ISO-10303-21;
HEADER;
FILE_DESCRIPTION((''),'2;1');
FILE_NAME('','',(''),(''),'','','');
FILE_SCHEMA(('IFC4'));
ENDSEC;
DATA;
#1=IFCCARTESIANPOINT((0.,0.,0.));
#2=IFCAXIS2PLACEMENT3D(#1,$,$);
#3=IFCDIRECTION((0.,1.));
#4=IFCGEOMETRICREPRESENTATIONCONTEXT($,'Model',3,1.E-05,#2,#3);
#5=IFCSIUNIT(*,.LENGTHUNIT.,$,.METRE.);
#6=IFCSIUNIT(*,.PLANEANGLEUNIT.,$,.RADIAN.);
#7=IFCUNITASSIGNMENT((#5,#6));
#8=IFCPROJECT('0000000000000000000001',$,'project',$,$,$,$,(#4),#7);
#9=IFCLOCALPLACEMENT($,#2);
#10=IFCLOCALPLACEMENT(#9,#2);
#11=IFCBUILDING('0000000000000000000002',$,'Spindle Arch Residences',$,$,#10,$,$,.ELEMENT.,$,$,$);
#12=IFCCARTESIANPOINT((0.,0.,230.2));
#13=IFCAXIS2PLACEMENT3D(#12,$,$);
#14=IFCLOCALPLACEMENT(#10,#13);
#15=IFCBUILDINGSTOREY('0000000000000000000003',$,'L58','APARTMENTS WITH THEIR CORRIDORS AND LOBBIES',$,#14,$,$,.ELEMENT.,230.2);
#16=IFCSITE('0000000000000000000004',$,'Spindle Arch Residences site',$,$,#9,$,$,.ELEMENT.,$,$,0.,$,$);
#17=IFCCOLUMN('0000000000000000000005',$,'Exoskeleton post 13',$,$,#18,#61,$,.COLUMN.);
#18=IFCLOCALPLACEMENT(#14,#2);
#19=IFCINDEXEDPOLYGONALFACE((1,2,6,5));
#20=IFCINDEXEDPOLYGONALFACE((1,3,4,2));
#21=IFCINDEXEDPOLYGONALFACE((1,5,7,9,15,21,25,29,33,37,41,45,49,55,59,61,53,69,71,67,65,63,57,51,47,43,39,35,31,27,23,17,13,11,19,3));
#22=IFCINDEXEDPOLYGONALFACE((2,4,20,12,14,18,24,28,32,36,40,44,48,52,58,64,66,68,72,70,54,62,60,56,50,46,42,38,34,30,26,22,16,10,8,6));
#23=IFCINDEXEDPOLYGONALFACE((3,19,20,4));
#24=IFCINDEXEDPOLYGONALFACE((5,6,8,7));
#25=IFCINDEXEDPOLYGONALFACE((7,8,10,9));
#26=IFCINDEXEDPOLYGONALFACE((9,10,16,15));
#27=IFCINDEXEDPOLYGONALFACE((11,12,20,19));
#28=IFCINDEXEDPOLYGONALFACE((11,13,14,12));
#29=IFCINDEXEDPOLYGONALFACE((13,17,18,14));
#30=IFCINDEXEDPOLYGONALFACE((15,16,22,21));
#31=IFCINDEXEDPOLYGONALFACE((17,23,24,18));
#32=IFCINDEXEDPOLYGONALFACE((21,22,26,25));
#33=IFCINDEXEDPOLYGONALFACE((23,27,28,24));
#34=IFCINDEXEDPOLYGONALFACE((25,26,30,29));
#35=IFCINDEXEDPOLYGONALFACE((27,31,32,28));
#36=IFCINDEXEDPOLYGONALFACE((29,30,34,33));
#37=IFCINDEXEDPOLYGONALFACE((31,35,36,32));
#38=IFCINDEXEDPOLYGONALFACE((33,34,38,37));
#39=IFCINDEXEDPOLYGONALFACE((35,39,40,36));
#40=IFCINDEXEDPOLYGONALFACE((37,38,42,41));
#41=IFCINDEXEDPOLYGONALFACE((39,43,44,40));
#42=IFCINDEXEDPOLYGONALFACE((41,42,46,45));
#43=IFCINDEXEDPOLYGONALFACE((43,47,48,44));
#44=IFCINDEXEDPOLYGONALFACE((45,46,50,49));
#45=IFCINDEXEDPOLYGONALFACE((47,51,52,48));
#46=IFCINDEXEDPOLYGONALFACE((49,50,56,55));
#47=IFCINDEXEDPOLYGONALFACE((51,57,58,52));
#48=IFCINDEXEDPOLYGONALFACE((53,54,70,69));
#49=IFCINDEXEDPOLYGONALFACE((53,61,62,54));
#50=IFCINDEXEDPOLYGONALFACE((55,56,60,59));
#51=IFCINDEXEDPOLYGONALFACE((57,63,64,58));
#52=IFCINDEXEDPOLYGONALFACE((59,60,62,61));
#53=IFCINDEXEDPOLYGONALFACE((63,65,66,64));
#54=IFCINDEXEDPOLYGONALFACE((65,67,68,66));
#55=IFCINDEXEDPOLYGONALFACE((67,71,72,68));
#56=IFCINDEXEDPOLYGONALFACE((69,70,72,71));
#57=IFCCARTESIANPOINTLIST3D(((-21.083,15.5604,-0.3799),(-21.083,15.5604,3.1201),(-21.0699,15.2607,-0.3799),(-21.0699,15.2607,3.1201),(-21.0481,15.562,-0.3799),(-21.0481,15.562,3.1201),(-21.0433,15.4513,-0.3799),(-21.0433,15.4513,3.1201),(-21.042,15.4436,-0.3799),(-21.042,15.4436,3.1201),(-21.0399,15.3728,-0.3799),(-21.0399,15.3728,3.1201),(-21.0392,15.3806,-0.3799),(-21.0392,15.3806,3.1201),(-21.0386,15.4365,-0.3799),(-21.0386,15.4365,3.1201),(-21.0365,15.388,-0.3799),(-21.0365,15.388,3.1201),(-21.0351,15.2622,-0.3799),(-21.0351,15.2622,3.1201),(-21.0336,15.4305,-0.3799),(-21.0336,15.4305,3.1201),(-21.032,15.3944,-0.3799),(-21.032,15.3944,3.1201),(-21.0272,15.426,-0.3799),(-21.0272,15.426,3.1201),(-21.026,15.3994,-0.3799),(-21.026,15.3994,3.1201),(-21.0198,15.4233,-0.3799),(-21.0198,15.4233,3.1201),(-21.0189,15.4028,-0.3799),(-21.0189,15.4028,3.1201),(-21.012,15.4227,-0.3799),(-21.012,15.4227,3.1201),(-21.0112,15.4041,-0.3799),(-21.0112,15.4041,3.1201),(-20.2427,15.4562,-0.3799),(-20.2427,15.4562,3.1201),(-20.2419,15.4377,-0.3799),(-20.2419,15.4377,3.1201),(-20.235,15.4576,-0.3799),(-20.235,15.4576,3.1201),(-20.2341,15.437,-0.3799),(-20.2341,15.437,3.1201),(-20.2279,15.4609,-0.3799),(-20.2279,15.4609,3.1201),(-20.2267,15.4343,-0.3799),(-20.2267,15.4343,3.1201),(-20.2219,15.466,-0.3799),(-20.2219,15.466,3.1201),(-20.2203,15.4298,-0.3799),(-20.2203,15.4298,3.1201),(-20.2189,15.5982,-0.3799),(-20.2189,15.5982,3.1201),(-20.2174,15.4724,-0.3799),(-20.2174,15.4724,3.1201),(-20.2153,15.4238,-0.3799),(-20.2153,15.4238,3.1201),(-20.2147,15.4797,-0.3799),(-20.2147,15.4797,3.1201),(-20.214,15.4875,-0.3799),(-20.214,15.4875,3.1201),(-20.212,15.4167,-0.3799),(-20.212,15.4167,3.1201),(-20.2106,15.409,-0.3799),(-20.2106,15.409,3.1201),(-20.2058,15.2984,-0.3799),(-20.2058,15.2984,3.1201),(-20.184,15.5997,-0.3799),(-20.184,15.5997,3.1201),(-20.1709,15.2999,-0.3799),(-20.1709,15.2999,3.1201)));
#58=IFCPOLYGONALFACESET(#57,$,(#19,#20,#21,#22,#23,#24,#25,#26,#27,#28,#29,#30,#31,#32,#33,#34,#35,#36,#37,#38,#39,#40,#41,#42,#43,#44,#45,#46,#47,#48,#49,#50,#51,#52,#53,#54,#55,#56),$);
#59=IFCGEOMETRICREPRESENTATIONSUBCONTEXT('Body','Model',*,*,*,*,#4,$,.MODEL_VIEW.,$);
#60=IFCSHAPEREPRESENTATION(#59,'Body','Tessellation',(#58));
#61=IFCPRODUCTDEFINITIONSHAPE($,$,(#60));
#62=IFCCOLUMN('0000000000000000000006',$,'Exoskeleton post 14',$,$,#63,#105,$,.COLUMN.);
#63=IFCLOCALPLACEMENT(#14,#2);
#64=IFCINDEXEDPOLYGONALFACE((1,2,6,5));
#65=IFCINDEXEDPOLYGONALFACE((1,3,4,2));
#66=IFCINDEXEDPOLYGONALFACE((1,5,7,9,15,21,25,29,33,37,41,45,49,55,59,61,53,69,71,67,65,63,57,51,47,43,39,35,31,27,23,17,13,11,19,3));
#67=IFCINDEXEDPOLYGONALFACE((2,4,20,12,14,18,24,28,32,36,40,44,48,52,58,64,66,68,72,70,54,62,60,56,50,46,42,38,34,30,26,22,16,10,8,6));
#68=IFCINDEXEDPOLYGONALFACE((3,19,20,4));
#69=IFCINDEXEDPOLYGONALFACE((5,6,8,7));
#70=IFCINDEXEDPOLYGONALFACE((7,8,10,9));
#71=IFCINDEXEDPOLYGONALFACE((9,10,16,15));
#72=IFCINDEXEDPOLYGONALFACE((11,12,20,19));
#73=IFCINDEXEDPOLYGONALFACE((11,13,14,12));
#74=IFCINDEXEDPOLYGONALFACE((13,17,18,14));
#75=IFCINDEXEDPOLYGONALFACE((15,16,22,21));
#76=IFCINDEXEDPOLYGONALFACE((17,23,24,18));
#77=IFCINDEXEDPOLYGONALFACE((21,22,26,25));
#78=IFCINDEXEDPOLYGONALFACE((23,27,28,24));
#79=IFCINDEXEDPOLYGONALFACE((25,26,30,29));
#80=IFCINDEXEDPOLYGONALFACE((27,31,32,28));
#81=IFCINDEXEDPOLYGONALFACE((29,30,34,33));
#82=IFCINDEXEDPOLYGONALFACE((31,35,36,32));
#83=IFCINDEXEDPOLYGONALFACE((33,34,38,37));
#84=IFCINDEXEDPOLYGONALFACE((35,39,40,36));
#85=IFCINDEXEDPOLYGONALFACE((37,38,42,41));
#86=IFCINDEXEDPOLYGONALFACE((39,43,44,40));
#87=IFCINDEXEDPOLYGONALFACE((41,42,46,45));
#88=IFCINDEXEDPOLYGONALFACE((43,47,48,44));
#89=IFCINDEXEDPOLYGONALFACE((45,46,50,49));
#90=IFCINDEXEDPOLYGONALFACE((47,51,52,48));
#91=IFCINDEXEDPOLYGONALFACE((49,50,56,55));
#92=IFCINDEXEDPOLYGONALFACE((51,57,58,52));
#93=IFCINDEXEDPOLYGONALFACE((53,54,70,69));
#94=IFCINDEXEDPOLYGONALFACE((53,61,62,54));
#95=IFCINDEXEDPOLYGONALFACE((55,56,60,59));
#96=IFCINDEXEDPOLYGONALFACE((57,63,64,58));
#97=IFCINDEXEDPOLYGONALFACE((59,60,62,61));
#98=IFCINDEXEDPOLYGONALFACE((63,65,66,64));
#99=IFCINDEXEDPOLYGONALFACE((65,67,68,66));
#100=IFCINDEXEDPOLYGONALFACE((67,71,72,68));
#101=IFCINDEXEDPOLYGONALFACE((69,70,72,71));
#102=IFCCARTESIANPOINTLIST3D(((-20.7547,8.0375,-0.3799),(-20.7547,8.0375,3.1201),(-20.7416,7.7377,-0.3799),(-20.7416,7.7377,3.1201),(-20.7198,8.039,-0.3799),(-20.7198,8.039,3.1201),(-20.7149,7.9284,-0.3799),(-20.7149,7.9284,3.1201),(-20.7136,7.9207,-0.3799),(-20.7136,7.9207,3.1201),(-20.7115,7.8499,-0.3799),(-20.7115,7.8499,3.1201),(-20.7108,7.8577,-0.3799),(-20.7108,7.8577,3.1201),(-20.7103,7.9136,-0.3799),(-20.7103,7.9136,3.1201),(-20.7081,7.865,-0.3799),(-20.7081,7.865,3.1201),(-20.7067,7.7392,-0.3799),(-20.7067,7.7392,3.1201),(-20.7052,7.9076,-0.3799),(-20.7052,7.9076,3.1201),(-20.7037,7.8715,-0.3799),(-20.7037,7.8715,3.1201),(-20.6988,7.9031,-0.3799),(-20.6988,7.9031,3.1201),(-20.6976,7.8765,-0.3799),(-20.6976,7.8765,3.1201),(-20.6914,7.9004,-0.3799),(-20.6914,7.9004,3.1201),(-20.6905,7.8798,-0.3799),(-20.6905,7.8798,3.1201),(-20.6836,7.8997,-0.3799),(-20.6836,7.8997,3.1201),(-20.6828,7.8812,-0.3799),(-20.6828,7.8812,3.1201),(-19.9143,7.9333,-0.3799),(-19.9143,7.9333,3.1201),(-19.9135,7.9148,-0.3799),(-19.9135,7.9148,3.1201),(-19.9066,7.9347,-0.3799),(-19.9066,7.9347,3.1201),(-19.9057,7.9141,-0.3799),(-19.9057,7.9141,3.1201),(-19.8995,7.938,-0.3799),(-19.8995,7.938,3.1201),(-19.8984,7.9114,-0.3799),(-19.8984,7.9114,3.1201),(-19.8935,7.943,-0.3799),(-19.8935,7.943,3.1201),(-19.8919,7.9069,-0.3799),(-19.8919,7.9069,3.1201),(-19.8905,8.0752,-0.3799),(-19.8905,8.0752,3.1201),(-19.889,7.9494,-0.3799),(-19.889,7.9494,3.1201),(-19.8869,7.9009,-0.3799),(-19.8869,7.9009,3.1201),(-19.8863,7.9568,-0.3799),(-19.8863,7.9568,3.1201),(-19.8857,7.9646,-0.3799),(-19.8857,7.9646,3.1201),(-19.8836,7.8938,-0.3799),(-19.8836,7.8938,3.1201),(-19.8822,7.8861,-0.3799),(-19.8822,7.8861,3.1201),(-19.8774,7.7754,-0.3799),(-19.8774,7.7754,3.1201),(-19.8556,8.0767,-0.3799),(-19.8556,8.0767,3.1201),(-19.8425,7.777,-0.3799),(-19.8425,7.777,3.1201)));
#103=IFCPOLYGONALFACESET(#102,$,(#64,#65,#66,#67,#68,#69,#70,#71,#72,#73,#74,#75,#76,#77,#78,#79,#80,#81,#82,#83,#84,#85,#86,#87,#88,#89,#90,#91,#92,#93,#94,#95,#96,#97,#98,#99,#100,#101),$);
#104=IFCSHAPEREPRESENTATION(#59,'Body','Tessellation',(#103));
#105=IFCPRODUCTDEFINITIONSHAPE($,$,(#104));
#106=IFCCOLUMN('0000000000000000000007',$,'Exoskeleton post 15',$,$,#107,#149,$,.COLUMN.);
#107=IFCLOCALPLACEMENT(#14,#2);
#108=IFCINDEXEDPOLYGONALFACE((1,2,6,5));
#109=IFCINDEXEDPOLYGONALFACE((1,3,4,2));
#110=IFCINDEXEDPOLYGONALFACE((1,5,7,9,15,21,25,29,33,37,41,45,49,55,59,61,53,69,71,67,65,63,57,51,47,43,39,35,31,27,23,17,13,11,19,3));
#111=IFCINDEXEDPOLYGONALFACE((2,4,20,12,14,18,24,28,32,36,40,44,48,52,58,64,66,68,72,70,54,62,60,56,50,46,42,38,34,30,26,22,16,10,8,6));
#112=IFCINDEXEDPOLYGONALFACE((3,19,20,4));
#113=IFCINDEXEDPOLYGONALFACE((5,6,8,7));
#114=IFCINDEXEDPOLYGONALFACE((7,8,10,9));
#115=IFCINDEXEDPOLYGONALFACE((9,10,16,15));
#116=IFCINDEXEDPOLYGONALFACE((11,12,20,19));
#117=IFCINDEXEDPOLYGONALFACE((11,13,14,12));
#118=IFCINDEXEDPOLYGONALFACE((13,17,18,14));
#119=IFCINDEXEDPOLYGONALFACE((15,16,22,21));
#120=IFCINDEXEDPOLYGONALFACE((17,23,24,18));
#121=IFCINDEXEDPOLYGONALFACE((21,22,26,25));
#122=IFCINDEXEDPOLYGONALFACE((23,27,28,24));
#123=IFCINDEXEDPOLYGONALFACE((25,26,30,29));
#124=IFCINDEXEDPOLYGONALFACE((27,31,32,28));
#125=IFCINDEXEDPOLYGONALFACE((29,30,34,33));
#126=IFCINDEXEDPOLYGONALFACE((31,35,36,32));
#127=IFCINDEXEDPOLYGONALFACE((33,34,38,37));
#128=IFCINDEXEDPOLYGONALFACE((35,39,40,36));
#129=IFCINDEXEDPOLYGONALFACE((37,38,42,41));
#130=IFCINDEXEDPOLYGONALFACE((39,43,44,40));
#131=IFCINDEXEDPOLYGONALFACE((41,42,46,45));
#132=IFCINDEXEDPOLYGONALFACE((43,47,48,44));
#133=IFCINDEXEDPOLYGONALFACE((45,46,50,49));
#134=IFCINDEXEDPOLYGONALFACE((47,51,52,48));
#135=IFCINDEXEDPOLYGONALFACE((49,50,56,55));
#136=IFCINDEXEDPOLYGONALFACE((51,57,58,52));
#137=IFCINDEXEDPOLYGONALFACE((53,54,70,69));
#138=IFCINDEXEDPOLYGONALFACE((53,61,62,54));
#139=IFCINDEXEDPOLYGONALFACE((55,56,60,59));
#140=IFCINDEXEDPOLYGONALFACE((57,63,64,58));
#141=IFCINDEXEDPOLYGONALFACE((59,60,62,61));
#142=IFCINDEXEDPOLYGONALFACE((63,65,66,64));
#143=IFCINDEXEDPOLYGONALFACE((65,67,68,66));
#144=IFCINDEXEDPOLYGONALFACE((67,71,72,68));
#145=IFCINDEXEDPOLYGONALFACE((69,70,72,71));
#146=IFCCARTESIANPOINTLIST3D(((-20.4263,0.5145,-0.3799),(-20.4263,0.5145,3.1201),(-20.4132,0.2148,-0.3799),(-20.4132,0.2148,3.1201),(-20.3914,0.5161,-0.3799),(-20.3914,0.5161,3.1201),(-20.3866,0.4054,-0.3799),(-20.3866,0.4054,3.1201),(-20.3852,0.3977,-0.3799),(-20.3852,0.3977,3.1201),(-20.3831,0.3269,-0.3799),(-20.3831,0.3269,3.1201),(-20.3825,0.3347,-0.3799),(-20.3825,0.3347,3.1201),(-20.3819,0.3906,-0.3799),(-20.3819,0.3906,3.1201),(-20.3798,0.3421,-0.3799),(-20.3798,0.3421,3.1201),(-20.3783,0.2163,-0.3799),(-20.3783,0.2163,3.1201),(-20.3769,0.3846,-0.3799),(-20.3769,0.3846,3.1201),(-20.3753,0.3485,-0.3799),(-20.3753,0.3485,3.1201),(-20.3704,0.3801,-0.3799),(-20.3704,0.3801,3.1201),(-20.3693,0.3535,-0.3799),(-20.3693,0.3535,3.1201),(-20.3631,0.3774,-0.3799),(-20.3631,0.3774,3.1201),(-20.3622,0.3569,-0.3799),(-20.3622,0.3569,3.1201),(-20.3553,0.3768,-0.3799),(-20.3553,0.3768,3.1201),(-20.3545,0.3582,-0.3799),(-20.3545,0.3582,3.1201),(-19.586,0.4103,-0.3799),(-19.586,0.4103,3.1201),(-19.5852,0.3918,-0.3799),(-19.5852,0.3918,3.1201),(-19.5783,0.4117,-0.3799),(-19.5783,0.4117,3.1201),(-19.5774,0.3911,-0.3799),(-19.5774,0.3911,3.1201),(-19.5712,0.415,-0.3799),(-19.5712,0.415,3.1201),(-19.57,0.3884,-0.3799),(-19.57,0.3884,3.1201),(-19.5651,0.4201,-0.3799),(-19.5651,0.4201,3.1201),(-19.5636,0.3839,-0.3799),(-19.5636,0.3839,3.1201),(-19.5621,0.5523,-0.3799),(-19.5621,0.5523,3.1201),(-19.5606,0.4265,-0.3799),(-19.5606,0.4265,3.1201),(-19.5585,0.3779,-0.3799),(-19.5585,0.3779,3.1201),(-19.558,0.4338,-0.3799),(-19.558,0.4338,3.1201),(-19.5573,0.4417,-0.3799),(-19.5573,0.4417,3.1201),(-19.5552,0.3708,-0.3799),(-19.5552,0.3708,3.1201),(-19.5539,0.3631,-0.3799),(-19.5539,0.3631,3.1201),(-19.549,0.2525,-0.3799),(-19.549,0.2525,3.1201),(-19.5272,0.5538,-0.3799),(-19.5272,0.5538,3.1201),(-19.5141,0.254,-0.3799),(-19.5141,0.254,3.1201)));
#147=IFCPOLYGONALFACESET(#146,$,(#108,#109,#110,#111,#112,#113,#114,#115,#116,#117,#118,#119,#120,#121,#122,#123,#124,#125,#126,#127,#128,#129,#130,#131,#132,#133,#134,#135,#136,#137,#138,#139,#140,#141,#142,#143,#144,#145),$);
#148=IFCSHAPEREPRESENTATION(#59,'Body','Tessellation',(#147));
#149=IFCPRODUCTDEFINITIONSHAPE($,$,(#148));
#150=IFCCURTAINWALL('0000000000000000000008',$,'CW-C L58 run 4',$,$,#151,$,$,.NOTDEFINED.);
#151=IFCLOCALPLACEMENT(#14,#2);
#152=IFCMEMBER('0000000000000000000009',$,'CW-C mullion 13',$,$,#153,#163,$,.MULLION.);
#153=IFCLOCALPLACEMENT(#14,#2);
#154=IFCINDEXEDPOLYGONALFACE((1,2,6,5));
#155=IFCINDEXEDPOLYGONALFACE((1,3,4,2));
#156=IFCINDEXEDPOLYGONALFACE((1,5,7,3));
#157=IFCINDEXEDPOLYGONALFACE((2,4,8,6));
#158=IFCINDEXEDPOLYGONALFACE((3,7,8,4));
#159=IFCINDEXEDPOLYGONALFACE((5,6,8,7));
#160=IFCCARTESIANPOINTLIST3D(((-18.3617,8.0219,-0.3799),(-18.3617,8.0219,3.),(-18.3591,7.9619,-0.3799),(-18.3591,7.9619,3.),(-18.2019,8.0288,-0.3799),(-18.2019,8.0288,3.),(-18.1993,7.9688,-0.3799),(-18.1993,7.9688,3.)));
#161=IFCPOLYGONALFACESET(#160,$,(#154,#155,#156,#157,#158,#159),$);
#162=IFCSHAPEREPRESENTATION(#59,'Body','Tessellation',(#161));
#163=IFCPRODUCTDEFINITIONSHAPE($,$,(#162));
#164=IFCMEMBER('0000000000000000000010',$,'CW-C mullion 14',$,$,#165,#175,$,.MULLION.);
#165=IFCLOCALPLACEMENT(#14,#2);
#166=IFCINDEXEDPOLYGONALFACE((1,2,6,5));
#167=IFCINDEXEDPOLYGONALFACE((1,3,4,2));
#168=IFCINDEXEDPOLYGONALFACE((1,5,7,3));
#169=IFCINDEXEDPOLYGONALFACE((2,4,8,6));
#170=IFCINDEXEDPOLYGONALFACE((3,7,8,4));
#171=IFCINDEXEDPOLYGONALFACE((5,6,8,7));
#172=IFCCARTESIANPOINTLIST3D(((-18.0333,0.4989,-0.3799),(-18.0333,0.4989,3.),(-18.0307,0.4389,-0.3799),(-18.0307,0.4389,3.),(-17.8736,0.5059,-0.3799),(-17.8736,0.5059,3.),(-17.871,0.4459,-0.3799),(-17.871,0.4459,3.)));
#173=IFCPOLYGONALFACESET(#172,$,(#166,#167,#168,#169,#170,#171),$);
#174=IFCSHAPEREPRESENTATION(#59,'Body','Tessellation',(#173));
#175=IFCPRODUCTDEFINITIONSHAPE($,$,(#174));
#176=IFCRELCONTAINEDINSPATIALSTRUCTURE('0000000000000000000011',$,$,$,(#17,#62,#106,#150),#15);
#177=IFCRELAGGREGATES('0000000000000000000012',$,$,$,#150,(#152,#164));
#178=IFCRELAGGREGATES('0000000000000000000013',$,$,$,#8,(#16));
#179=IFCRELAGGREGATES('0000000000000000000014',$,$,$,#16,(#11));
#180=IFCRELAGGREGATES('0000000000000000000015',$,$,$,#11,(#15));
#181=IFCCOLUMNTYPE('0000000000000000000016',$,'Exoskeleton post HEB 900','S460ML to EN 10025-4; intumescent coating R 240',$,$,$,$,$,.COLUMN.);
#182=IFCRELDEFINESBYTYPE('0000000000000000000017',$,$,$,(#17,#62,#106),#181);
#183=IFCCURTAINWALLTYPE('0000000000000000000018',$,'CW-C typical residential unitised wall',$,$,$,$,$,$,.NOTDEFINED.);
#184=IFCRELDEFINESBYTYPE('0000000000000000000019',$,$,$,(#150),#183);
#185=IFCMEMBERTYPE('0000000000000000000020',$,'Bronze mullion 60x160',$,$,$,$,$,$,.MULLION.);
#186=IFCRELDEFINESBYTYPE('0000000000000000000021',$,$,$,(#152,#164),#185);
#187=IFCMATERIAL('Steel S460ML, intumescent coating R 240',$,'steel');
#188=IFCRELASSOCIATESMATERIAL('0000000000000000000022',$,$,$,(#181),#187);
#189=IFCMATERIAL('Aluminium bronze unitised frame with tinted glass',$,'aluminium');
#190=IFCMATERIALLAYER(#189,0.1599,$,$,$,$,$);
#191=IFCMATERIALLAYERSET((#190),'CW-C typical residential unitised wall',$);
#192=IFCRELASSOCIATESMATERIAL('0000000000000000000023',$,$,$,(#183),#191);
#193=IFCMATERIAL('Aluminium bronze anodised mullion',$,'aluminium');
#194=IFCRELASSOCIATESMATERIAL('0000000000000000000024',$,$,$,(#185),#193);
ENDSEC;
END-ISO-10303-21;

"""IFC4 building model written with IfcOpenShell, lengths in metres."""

from ifc_helpers import new_model, si_unit, direction, frame, origin, origin_2d, place, context, subcontext, project, spatial, rectangle, i_section, extrude, material, layer, layer_set, material_profile, profile_set, type_object, element, aggregate, save


model = new_model("IFC4")

# Units and contexts
model_context = context("Model", 3, precision=1e-05, world=origin(), true_north=direction((0.0, 1.0)))
body_context = subcontext(model_context, "Body", "Model", "MODEL_VIEW")
ifc_project = project(units=[si_unit("LENGTHUNIT", "METRE"), si_unit("PLANEANGLEUNIT", "RADIAN")], contexts=[model_context])

# Site, building, storey
site_placement = place(None, origin())
site = spatial("IfcSite", under=ifc_project, at=site_placement, Name="Spindle Arch Residences site", CompositionType="ELEMENT", RefElevation=0.0)
building_placement = place(site_placement, origin())
building = spatial("IfcBuilding", under=site, at=building_placement, Name="Spindle Arch Residences", CompositionType="ELEMENT")
storey_placement = place(building_placement, frame((0.0, 0.0, 230.2)))
storey = spatial("IfcBuildingStorey", under=building, at=storey_placement, Name="L58", Description="APARTMENTS WITH THEIR CORRIDORS AND LOBBIES", CompositionType="ELEMENT", Elevation=230.2)

# Columns
ifc_material_1 = material(Name="Steel S460ML, intumescent coating R 240", Category="steel")
ifc_material_profile_1 = material_profile(ifc_material_1, i_section(OverallWidth=0.3, OverallDepth=0.8999, WebThickness=0.0186, FlangeThickness=0.0349, FilletRadius=0.03, at=origin_2d()), Name="HEB 900")
ifc_profile_set_1 = profile_set([ifc_material_profile_1], Name="Steel S460ML, intumescent coating R 240")
column_type = type_object("IfcColumnType", Name="Exoskeleton post HEB 900", Description="S460ML to EN 10025-4; intumescent coating R 240", PredefinedType="COLUMN", material=ifc_profile_set_1)
for number, where, z_axis, x_axis, name in (
    (1, (-20.627, 15.4302, -0.3799), (0.0, 0.0, 1.0), (-0.043619, 0.999048, 0.0), "Exoskeleton post 13"),
    (2, (-20.2986, 7.9072, -0.3799), (0.0, 0.0, 1.0), (-0.043619, 0.999048, 0.0), "Exoskeleton post 14"),
    (3, (-19.9702, 0.3843, -0.3799), (0.0, 0.0, 1.0), (-0.043619, 0.999048, 0.0), "Exoskeleton post 15"),
):
    element("IfcColumn", number, at=place(storey_placement, frame(where, z_axis=z_axis, x_axis=x_axis)), inside=storey, type_object=column_type, Name=name, PredefinedType="COLUMN", context=body_context, shape_type="SweptSolid", body=[
        extrude(i_section(OverallWidth=0.3, OverallDepth=0.8999, WebThickness=0.0186, FlangeThickness=0.0349, FilletRadius=0.03, at=origin_2d()), origin(), (0.0, 0.0, 1.0), 3.5),
    ])

# Curtain wall, members
ifc_material_2 = material(Name="Aluminium bronze unitised frame with tinted glass", Category="aluminium")
ifc_layer_1 = layer(ifc_material_2, 0.1599)
ifc_layer_set_1 = layer_set([ifc_layer_1], Name="CW-C typical residential unitised wall")
curtain_wall_type = type_object("IfcCurtainWallType", Name="CW-C typical residential unitised wall", PredefinedType="NOTDEFINED", material=ifc_layer_set_1)
curtain_wall_placement = place(storey_placement, origin())
curtain_wall = element("IfcCurtainWall", 4, at=curtain_wall_placement, inside=storey, type_object=curtain_wall_type, Name="CW-C L58 run 4", PredefinedType="NOTDEFINED")
ifc_material_3 = material(Name="Aluminium bronze anodised mullion", Category="aluminium")
ifc_material_profile_2 = material_profile(ifc_material_3, rectangle(XDim=0.1599, YDim=0.0601, at=origin_2d()), Name="MU 60x160")
ifc_profile_set_2 = profile_set([ifc_material_profile_2], Name="Aluminium bronze anodised mullion")
member_type = type_object("IfcMemberType", Name="Bronze mullion 60x160", PredefinedType="MULLION", material=ifc_profile_set_2)
member_1_placement = place(storey_placement, frame((-18.2805, 7.9954, -0.3799), z_axis=(0.0, 0.0, 1.0), x_axis=(0.999048, 0.043619, 0.0)))
member_1 = element("IfcMember", 5, at=member_1_placement, type_object=member_type, Name="CW-C mullion 13", PredefinedType="MULLION", context=body_context, shape_type="SweptSolid", body=[
    extrude(rectangle(XDim=0.1599, YDim=0.0601, at=origin_2d()), origin(), (0.0, 0.0, 1.0), 3.3799),
])
member_2_placement = place(storey_placement, frame((-17.9521, 0.4724, -0.3799), z_axis=(0.0, 0.0, 1.0), x_axis=(0.999048, 0.043619, 0.0)))
member_2 = element("IfcMember", 6, at=member_2_placement, type_object=member_type, Name="CW-C mullion 14", PredefinedType="MULLION", context=body_context, shape_type="SweptSolid", body=[
    extrude(rectangle(XDim=0.1599, YDim=0.0601, at=origin_2d()), origin(), (0.0, 0.0, 1.0), 3.3799),
])

aggregate(curtain_wall, [member_1, member_2])

save(model, "model.ifc")
